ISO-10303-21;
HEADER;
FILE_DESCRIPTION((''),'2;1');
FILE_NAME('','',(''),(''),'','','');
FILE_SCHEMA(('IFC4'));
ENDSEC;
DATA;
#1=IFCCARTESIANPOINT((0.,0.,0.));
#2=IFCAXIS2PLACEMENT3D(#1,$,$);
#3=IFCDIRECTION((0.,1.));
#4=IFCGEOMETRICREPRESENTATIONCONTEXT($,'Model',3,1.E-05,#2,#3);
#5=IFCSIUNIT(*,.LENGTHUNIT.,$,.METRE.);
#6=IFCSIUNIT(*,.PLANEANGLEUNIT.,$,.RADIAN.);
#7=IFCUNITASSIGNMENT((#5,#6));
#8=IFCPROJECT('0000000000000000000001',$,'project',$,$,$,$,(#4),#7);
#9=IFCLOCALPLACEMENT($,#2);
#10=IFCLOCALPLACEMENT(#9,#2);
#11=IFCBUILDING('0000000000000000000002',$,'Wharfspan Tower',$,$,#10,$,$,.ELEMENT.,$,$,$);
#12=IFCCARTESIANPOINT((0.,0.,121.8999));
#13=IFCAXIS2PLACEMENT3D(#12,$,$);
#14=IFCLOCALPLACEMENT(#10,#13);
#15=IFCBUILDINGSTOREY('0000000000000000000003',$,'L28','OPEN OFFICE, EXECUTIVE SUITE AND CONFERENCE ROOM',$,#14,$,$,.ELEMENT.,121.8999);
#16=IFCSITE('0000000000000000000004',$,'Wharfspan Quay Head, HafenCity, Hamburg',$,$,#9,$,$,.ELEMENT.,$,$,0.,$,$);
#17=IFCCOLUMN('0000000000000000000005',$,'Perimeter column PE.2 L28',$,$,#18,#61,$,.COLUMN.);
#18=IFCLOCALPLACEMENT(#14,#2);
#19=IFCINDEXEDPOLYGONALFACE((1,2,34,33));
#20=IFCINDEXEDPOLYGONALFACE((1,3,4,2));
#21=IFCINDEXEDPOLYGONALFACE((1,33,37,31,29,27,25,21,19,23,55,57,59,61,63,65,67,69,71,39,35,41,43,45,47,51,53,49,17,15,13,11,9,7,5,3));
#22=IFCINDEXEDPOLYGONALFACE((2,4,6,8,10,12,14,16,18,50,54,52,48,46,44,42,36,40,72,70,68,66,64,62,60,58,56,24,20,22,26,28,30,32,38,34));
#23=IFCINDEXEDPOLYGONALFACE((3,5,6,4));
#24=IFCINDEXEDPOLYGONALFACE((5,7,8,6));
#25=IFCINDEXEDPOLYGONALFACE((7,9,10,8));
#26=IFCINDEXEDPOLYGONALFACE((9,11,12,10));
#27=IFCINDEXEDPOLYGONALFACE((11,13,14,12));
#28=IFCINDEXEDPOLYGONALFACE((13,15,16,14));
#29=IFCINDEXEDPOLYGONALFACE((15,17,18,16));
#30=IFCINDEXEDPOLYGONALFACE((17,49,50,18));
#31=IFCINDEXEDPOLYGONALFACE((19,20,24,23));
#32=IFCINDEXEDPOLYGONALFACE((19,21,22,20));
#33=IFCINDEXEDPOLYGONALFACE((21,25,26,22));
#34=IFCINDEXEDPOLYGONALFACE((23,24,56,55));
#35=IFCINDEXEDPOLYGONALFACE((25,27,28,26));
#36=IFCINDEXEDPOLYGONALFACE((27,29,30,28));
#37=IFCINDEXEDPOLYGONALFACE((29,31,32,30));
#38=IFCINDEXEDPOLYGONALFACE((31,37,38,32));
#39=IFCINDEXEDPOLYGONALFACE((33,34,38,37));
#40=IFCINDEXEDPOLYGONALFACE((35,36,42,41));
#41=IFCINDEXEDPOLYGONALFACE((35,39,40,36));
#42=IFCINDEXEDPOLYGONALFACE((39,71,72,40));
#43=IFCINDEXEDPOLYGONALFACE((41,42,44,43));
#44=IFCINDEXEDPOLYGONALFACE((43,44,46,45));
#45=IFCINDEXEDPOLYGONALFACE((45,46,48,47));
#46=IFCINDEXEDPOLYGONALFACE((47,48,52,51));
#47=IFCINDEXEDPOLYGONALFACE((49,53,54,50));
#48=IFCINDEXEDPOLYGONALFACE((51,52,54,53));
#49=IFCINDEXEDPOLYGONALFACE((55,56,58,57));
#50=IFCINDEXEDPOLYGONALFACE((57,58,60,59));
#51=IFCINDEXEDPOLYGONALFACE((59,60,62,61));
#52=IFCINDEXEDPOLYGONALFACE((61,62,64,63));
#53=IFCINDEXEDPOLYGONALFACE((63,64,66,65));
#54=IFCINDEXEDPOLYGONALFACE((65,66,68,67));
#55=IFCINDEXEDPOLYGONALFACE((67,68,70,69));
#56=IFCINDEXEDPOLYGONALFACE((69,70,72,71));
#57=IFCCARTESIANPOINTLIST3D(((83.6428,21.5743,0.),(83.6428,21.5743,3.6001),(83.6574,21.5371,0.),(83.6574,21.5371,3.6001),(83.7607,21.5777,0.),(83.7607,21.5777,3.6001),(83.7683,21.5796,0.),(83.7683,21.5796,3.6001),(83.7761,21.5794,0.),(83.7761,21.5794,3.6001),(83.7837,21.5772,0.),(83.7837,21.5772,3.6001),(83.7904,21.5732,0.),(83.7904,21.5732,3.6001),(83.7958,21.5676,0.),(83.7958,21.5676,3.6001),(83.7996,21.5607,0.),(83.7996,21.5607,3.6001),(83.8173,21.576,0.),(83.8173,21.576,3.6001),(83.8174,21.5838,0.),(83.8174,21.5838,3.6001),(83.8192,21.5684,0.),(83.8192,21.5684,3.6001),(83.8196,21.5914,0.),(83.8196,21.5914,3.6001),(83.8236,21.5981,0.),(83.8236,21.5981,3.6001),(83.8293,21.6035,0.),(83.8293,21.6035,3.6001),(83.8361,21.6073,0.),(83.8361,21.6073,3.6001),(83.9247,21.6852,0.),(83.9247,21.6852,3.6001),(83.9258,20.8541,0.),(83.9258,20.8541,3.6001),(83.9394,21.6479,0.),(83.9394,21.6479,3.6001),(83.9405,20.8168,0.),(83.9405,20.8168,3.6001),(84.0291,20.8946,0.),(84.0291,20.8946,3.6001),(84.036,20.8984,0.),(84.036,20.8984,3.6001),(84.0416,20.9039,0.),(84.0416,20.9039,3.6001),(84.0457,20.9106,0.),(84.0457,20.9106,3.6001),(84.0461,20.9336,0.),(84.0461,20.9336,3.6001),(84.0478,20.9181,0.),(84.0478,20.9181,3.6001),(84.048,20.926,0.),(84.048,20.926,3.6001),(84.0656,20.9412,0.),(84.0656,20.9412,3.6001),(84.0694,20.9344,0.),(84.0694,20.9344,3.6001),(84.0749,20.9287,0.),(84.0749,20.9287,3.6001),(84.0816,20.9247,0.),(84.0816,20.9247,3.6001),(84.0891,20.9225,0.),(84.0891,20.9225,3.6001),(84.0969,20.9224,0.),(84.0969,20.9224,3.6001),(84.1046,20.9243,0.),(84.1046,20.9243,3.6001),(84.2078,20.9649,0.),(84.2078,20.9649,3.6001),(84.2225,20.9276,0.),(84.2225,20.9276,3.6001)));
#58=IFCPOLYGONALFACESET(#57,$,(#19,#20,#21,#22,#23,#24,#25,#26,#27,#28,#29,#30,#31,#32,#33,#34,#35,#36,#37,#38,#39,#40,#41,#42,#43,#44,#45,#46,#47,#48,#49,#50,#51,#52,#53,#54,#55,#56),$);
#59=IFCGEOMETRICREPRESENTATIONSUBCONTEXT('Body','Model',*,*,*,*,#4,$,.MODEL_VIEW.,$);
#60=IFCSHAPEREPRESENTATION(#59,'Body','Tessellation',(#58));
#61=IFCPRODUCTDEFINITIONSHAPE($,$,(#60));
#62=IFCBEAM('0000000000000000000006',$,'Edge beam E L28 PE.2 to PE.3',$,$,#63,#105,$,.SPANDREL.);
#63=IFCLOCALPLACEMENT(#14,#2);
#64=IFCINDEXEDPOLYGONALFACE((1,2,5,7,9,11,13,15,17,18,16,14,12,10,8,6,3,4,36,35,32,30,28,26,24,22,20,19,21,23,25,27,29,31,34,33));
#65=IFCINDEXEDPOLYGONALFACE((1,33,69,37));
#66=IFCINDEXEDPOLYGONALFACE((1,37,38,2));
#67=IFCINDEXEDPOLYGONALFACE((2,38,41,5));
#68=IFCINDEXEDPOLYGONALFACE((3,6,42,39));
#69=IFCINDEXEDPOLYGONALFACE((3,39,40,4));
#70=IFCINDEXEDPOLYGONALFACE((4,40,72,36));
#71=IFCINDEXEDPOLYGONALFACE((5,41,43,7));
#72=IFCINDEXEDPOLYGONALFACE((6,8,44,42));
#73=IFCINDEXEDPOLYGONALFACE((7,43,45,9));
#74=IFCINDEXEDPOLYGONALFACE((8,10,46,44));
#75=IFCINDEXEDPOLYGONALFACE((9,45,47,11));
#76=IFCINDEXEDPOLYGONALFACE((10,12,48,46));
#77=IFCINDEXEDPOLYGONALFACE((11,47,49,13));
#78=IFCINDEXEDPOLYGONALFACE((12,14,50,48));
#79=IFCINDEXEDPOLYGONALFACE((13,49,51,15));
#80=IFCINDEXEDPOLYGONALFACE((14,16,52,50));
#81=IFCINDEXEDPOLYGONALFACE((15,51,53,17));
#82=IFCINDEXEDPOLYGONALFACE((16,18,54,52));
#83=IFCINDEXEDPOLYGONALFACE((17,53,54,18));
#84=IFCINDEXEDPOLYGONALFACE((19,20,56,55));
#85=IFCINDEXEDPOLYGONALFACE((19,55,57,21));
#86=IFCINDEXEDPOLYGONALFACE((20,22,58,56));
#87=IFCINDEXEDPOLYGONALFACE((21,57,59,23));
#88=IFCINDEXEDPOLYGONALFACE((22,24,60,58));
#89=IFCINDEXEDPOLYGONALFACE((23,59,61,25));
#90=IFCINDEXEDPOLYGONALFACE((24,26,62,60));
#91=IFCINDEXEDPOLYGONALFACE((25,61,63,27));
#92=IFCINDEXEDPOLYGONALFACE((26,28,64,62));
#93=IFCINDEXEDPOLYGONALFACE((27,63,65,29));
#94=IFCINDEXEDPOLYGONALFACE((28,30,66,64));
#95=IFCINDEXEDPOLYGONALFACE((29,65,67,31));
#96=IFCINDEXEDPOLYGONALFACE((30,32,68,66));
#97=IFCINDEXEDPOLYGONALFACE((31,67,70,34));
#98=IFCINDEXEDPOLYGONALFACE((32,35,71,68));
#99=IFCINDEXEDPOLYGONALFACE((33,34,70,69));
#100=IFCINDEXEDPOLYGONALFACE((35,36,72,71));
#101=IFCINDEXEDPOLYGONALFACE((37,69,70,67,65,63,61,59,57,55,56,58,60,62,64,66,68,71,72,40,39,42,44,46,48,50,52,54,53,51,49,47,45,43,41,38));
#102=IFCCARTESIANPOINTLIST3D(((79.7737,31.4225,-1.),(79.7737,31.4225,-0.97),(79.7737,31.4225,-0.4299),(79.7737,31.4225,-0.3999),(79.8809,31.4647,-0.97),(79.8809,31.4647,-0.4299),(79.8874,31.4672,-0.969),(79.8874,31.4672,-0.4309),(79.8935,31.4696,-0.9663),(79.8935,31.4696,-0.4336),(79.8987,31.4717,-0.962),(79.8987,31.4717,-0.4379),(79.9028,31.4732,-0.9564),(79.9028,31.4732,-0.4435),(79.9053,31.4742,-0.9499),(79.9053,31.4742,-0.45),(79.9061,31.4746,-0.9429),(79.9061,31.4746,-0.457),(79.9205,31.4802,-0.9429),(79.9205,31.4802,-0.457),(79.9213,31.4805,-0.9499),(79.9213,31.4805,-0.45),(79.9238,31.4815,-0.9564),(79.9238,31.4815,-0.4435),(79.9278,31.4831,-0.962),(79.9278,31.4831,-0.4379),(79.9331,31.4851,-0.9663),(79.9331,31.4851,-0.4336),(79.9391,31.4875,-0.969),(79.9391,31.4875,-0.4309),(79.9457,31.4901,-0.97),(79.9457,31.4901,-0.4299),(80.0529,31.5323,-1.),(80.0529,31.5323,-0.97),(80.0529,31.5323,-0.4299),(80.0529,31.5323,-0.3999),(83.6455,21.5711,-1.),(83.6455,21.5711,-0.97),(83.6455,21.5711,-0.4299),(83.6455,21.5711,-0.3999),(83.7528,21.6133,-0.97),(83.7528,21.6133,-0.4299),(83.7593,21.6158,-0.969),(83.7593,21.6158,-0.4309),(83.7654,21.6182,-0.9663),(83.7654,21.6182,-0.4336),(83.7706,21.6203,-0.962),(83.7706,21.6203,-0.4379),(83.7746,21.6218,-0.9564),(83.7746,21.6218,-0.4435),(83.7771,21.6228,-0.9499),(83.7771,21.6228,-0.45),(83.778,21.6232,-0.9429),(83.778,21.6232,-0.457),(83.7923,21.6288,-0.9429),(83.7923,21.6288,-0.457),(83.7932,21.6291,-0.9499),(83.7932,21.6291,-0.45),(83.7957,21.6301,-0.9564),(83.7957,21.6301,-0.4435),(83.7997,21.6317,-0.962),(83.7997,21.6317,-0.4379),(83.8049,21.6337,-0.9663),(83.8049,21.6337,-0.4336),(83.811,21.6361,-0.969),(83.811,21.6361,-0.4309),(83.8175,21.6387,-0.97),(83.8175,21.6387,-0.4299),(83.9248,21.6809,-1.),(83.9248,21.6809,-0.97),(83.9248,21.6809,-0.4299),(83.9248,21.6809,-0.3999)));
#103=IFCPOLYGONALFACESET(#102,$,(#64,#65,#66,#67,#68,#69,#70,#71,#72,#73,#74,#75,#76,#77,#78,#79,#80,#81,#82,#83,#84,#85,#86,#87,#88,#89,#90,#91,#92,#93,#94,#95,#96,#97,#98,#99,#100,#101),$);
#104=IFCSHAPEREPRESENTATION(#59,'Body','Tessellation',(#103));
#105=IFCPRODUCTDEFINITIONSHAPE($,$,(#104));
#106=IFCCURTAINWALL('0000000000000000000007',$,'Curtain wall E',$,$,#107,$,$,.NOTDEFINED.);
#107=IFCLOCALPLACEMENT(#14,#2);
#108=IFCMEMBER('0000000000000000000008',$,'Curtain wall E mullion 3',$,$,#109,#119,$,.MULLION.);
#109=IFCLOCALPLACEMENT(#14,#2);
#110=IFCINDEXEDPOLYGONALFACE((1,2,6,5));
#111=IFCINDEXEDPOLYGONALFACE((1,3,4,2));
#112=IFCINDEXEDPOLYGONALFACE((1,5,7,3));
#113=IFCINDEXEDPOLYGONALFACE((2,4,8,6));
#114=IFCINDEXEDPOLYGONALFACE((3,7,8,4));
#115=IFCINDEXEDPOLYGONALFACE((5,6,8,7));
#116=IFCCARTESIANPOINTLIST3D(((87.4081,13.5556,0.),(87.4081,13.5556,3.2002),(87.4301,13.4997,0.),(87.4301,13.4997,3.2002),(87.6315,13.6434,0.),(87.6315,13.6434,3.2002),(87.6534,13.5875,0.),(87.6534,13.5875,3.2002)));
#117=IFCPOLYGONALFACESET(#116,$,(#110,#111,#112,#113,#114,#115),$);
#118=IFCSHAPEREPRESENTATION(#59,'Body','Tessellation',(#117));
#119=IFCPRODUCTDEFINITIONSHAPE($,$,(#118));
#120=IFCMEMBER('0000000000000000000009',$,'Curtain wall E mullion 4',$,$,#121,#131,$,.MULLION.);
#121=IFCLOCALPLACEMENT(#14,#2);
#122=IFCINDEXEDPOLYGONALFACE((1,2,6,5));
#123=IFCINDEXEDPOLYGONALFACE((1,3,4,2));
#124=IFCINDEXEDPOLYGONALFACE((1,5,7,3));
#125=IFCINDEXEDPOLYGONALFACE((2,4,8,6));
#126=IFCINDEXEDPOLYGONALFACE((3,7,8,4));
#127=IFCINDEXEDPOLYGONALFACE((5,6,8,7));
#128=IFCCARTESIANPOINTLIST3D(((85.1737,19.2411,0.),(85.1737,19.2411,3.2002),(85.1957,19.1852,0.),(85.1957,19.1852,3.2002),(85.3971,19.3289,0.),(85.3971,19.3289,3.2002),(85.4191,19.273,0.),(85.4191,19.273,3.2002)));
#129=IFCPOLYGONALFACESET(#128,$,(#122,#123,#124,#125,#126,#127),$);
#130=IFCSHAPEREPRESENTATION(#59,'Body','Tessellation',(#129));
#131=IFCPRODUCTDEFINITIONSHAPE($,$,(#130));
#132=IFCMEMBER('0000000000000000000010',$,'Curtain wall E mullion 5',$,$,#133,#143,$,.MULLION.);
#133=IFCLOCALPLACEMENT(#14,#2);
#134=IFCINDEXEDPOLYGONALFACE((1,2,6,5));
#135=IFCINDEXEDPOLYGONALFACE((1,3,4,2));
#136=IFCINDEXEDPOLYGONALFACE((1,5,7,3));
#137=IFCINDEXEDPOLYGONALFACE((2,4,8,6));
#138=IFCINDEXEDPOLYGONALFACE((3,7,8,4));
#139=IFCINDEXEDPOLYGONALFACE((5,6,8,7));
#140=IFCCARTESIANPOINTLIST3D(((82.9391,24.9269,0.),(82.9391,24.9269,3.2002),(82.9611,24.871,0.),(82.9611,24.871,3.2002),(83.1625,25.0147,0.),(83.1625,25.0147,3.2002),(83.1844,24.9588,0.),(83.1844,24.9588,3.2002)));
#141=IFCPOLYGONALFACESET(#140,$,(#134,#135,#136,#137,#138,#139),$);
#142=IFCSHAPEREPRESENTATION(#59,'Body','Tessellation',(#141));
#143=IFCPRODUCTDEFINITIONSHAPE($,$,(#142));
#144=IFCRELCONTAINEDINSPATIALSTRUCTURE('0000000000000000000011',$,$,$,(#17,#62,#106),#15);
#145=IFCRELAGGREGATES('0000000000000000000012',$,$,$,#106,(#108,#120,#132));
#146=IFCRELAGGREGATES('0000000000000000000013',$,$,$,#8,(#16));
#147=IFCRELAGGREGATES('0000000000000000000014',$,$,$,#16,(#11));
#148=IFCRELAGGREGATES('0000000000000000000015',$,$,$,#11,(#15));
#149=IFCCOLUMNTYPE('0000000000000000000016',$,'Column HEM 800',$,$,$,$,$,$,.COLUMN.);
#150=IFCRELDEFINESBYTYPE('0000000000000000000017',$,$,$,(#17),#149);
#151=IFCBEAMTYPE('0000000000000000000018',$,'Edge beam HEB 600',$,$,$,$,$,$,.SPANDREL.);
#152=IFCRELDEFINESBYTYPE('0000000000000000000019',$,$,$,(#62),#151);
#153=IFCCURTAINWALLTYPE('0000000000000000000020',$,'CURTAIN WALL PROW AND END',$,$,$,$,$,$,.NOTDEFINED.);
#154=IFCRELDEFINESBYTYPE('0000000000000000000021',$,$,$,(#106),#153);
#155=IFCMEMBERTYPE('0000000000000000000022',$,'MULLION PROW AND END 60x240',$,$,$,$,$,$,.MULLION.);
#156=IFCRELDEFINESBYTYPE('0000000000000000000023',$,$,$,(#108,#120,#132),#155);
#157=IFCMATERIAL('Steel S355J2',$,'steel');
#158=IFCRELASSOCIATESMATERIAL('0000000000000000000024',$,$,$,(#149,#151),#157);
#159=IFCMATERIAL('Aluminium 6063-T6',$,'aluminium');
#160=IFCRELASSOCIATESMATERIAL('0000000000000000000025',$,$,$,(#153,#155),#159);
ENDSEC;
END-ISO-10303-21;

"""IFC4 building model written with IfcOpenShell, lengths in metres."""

from ifc_helpers import new_model, si_unit, direction, frame, origin, origin_2d, place, context, subcontext, project, spatial, rectangle, i_section, extrude, material, material_profile, profile_set, type_object, element, aggregate, save


model = new_model("IFC4")

# Units and contexts
model_context = context("Model", 3, precision=1e-05, world=origin(), true_north=direction((0.0, 1.0)))
body_context = subcontext(model_context, "Body", "Model", "MODEL_VIEW")
ifc_project = project(units=[si_unit("LENGTHUNIT", "METRE"), si_unit("PLANEANGLEUNIT", "RADIAN")], contexts=[model_context])

# Site, building, storey
site_placement = place(None, origin())
site = spatial("IfcSite", under=ifc_project, at=site_placement, Name="Wharfspan Quay Head, HafenCity, Hamburg", CompositionType="ELEMENT", RefElevation=0.0)
building_placement = place(site_placement, origin())
building = spatial("IfcBuilding", under=site, at=building_placement, Name="Wharfspan Tower", CompositionType="ELEMENT")
storey_placement = place(building_placement, frame((0.0, 0.0, 121.8999)))
storey = spatial("IfcBuildingStorey", under=building, at=storey_placement, Name="L28", Description="OPEN OFFICE, EXECUTIVE SUITE AND CONFERENCE ROOM", CompositionType="ELEMENT", Elevation=121.8999)

# Column
ifc_material_1 = material(Name="Steel S355J2", Category="steel")
ifc_material_profile_1 = material_profile(ifc_material_1, i_section(OverallWidth=0.303, OverallDepth=0.814, WebThickness=0.021, FlangeThickness=0.04, FilletRadius=0.03, at=origin_2d()))
ifc_profile_set_1 = profile_set([ifc_material_profile_1], Name="Steel S355J2")
column_type = type_object("IfcColumnType", Name="Column HEM 800", PredefinedType="COLUMN", material=ifc_profile_set_1)
column_placement = place(storey_placement, frame((83.9326, 21.251, 0.0), z_axis=(0.0, 0.0, 1.0), x_axis=(0.930702, 0.365778, 0.0)))
element("IfcColumn", 1, at=column_placement, inside=storey, type_object=column_type, Name="Perimeter column PE.2 L28", PredefinedType="COLUMN", context=body_context, shape_type="SweptSolid", body=[
    extrude(i_section(OverallWidth=0.303, OverallDepth=0.814, WebThickness=0.021, FlangeThickness=0.04, FilletRadius=0.03, at=origin_2d()), origin(), (0.0, 0.0, 1.0), 3.6001),
])

# Beam
ifc_material_profile_2 = material_profile(ifc_material_1, i_section(OverallWidth=0.3, OverallDepth=0.6001, WebThickness=0.0154, FlangeThickness=0.03, FilletRadius=0.0271, at=origin_2d()))
ifc_profile_set_2 = profile_set([ifc_material_profile_2], Name="Steel S355J2")
beam_type = type_object("IfcBeamType", Name="Edge beam HEB 600", PredefinedType="SPANDREL", material=ifc_profile_set_2)
beam_placement = place(storey_placement, frame((83.7852, 21.626, -0.7), z_axis=(-0.365789, 0.930698, 0.0), x_axis=(-0.930698, -0.365789, 0.0)))
element("IfcBeam", 2, at=beam_placement, inside=storey, type_object=beam_type, Name="Edge beam E L28 PE.2 to PE.3", PredefinedType="SPANDREL", context=body_context, shape_type="SweptSolid", body=[
    extrude(i_section(OverallWidth=0.3, OverallDepth=0.6001, WebThickness=0.0154, FlangeThickness=0.03, FilletRadius=0.0271, at=origin_2d()), origin(), (0.0, 0.0, 1.0), 10.585),
])

# Curtain wall, members
ifc_material_2 = material(Name="Aluminium 6063-T6", Category="aluminium")
curtain_wall_type = type_object("IfcCurtainWallType", Name="CURTAIN WALL PROW AND END", PredefinedType="NOTDEFINED", material=ifc_material_2)
curtain_wall_placement = place(storey_placement, origin())
curtain_wall = element("IfcCurtainWall", 3, at=curtain_wall_placement, inside=storey, type_object=curtain_wall_type, Name="Curtain wall E", PredefinedType="NOTDEFINED")
ifc_material_profile_3 = material_profile(ifc_material_2, rectangle(XDim=0.24, YDim=0.0601, at=origin_2d()))
ifc_profile_set_3 = profile_set([ifc_material_profile_3], Name="Aluminium 6063-T6")
member_type_1 = type_object("IfcMemberType", Name="MULLION PROW AND END 60x240", PredefinedType="MULLION", material=ifc_profile_set_3)
member_1_placement = place(storey_placement, frame((87.5308, 13.5715, 0.0), z_axis=(0.0, 0.0, 1.0), x_axis=(-0.930702, -0.365778, 0.0)))
member_1 = element("IfcMember", 4, at=member_1_placement, type_object=member_type_1, Name="Curtain wall E mullion 3", PredefinedType="MULLION", context=body_context, shape_type="SweptSolid", body=[
    extrude(rectangle(XDim=0.24, YDim=0.0601, at=origin_2d()), origin(), (0.0, 0.0, 1.0), 3.2002),
])
member_2_placement = place(storey_placement, frame((85.2964, 19.2571, 0.0), z_axis=(0.0, 0.0, 1.0), x_axis=(-0.930702, -0.365778, 0.0)))
member_2 = element("IfcMember", 5, at=member_2_placement, type_object=member_type_1, Name="Curtain wall E mullion 4", PredefinedType="MULLION", context=body_context, shape_type="SweptSolid", body=[
    extrude(rectangle(XDim=0.24, YDim=0.0601, at=origin_2d()), origin(), (0.0, 0.0, 1.0), 3.2002),
])
member_3_placement = place(storey_placement, frame((83.0618, 24.9429, 0.0), z_axis=(0.0, 0.0, 1.0), x_axis=(-0.930702, -0.365778, 0.0)))
member_3 = element("IfcMember", 6, at=member_3_placement, type_object=member_type_1, Name="Curtain wall E mullion 5", PredefinedType="MULLION", context=body_context, shape_type="SweptSolid", body=[
    extrude(rectangle(XDim=0.24, YDim=0.0601, at=origin_2d()), origin(), (0.0, 0.0, 1.0), 3.2002),
])

aggregate(curtain_wall, [member_1, member_2, member_3])

save(model, "model.ifc")
